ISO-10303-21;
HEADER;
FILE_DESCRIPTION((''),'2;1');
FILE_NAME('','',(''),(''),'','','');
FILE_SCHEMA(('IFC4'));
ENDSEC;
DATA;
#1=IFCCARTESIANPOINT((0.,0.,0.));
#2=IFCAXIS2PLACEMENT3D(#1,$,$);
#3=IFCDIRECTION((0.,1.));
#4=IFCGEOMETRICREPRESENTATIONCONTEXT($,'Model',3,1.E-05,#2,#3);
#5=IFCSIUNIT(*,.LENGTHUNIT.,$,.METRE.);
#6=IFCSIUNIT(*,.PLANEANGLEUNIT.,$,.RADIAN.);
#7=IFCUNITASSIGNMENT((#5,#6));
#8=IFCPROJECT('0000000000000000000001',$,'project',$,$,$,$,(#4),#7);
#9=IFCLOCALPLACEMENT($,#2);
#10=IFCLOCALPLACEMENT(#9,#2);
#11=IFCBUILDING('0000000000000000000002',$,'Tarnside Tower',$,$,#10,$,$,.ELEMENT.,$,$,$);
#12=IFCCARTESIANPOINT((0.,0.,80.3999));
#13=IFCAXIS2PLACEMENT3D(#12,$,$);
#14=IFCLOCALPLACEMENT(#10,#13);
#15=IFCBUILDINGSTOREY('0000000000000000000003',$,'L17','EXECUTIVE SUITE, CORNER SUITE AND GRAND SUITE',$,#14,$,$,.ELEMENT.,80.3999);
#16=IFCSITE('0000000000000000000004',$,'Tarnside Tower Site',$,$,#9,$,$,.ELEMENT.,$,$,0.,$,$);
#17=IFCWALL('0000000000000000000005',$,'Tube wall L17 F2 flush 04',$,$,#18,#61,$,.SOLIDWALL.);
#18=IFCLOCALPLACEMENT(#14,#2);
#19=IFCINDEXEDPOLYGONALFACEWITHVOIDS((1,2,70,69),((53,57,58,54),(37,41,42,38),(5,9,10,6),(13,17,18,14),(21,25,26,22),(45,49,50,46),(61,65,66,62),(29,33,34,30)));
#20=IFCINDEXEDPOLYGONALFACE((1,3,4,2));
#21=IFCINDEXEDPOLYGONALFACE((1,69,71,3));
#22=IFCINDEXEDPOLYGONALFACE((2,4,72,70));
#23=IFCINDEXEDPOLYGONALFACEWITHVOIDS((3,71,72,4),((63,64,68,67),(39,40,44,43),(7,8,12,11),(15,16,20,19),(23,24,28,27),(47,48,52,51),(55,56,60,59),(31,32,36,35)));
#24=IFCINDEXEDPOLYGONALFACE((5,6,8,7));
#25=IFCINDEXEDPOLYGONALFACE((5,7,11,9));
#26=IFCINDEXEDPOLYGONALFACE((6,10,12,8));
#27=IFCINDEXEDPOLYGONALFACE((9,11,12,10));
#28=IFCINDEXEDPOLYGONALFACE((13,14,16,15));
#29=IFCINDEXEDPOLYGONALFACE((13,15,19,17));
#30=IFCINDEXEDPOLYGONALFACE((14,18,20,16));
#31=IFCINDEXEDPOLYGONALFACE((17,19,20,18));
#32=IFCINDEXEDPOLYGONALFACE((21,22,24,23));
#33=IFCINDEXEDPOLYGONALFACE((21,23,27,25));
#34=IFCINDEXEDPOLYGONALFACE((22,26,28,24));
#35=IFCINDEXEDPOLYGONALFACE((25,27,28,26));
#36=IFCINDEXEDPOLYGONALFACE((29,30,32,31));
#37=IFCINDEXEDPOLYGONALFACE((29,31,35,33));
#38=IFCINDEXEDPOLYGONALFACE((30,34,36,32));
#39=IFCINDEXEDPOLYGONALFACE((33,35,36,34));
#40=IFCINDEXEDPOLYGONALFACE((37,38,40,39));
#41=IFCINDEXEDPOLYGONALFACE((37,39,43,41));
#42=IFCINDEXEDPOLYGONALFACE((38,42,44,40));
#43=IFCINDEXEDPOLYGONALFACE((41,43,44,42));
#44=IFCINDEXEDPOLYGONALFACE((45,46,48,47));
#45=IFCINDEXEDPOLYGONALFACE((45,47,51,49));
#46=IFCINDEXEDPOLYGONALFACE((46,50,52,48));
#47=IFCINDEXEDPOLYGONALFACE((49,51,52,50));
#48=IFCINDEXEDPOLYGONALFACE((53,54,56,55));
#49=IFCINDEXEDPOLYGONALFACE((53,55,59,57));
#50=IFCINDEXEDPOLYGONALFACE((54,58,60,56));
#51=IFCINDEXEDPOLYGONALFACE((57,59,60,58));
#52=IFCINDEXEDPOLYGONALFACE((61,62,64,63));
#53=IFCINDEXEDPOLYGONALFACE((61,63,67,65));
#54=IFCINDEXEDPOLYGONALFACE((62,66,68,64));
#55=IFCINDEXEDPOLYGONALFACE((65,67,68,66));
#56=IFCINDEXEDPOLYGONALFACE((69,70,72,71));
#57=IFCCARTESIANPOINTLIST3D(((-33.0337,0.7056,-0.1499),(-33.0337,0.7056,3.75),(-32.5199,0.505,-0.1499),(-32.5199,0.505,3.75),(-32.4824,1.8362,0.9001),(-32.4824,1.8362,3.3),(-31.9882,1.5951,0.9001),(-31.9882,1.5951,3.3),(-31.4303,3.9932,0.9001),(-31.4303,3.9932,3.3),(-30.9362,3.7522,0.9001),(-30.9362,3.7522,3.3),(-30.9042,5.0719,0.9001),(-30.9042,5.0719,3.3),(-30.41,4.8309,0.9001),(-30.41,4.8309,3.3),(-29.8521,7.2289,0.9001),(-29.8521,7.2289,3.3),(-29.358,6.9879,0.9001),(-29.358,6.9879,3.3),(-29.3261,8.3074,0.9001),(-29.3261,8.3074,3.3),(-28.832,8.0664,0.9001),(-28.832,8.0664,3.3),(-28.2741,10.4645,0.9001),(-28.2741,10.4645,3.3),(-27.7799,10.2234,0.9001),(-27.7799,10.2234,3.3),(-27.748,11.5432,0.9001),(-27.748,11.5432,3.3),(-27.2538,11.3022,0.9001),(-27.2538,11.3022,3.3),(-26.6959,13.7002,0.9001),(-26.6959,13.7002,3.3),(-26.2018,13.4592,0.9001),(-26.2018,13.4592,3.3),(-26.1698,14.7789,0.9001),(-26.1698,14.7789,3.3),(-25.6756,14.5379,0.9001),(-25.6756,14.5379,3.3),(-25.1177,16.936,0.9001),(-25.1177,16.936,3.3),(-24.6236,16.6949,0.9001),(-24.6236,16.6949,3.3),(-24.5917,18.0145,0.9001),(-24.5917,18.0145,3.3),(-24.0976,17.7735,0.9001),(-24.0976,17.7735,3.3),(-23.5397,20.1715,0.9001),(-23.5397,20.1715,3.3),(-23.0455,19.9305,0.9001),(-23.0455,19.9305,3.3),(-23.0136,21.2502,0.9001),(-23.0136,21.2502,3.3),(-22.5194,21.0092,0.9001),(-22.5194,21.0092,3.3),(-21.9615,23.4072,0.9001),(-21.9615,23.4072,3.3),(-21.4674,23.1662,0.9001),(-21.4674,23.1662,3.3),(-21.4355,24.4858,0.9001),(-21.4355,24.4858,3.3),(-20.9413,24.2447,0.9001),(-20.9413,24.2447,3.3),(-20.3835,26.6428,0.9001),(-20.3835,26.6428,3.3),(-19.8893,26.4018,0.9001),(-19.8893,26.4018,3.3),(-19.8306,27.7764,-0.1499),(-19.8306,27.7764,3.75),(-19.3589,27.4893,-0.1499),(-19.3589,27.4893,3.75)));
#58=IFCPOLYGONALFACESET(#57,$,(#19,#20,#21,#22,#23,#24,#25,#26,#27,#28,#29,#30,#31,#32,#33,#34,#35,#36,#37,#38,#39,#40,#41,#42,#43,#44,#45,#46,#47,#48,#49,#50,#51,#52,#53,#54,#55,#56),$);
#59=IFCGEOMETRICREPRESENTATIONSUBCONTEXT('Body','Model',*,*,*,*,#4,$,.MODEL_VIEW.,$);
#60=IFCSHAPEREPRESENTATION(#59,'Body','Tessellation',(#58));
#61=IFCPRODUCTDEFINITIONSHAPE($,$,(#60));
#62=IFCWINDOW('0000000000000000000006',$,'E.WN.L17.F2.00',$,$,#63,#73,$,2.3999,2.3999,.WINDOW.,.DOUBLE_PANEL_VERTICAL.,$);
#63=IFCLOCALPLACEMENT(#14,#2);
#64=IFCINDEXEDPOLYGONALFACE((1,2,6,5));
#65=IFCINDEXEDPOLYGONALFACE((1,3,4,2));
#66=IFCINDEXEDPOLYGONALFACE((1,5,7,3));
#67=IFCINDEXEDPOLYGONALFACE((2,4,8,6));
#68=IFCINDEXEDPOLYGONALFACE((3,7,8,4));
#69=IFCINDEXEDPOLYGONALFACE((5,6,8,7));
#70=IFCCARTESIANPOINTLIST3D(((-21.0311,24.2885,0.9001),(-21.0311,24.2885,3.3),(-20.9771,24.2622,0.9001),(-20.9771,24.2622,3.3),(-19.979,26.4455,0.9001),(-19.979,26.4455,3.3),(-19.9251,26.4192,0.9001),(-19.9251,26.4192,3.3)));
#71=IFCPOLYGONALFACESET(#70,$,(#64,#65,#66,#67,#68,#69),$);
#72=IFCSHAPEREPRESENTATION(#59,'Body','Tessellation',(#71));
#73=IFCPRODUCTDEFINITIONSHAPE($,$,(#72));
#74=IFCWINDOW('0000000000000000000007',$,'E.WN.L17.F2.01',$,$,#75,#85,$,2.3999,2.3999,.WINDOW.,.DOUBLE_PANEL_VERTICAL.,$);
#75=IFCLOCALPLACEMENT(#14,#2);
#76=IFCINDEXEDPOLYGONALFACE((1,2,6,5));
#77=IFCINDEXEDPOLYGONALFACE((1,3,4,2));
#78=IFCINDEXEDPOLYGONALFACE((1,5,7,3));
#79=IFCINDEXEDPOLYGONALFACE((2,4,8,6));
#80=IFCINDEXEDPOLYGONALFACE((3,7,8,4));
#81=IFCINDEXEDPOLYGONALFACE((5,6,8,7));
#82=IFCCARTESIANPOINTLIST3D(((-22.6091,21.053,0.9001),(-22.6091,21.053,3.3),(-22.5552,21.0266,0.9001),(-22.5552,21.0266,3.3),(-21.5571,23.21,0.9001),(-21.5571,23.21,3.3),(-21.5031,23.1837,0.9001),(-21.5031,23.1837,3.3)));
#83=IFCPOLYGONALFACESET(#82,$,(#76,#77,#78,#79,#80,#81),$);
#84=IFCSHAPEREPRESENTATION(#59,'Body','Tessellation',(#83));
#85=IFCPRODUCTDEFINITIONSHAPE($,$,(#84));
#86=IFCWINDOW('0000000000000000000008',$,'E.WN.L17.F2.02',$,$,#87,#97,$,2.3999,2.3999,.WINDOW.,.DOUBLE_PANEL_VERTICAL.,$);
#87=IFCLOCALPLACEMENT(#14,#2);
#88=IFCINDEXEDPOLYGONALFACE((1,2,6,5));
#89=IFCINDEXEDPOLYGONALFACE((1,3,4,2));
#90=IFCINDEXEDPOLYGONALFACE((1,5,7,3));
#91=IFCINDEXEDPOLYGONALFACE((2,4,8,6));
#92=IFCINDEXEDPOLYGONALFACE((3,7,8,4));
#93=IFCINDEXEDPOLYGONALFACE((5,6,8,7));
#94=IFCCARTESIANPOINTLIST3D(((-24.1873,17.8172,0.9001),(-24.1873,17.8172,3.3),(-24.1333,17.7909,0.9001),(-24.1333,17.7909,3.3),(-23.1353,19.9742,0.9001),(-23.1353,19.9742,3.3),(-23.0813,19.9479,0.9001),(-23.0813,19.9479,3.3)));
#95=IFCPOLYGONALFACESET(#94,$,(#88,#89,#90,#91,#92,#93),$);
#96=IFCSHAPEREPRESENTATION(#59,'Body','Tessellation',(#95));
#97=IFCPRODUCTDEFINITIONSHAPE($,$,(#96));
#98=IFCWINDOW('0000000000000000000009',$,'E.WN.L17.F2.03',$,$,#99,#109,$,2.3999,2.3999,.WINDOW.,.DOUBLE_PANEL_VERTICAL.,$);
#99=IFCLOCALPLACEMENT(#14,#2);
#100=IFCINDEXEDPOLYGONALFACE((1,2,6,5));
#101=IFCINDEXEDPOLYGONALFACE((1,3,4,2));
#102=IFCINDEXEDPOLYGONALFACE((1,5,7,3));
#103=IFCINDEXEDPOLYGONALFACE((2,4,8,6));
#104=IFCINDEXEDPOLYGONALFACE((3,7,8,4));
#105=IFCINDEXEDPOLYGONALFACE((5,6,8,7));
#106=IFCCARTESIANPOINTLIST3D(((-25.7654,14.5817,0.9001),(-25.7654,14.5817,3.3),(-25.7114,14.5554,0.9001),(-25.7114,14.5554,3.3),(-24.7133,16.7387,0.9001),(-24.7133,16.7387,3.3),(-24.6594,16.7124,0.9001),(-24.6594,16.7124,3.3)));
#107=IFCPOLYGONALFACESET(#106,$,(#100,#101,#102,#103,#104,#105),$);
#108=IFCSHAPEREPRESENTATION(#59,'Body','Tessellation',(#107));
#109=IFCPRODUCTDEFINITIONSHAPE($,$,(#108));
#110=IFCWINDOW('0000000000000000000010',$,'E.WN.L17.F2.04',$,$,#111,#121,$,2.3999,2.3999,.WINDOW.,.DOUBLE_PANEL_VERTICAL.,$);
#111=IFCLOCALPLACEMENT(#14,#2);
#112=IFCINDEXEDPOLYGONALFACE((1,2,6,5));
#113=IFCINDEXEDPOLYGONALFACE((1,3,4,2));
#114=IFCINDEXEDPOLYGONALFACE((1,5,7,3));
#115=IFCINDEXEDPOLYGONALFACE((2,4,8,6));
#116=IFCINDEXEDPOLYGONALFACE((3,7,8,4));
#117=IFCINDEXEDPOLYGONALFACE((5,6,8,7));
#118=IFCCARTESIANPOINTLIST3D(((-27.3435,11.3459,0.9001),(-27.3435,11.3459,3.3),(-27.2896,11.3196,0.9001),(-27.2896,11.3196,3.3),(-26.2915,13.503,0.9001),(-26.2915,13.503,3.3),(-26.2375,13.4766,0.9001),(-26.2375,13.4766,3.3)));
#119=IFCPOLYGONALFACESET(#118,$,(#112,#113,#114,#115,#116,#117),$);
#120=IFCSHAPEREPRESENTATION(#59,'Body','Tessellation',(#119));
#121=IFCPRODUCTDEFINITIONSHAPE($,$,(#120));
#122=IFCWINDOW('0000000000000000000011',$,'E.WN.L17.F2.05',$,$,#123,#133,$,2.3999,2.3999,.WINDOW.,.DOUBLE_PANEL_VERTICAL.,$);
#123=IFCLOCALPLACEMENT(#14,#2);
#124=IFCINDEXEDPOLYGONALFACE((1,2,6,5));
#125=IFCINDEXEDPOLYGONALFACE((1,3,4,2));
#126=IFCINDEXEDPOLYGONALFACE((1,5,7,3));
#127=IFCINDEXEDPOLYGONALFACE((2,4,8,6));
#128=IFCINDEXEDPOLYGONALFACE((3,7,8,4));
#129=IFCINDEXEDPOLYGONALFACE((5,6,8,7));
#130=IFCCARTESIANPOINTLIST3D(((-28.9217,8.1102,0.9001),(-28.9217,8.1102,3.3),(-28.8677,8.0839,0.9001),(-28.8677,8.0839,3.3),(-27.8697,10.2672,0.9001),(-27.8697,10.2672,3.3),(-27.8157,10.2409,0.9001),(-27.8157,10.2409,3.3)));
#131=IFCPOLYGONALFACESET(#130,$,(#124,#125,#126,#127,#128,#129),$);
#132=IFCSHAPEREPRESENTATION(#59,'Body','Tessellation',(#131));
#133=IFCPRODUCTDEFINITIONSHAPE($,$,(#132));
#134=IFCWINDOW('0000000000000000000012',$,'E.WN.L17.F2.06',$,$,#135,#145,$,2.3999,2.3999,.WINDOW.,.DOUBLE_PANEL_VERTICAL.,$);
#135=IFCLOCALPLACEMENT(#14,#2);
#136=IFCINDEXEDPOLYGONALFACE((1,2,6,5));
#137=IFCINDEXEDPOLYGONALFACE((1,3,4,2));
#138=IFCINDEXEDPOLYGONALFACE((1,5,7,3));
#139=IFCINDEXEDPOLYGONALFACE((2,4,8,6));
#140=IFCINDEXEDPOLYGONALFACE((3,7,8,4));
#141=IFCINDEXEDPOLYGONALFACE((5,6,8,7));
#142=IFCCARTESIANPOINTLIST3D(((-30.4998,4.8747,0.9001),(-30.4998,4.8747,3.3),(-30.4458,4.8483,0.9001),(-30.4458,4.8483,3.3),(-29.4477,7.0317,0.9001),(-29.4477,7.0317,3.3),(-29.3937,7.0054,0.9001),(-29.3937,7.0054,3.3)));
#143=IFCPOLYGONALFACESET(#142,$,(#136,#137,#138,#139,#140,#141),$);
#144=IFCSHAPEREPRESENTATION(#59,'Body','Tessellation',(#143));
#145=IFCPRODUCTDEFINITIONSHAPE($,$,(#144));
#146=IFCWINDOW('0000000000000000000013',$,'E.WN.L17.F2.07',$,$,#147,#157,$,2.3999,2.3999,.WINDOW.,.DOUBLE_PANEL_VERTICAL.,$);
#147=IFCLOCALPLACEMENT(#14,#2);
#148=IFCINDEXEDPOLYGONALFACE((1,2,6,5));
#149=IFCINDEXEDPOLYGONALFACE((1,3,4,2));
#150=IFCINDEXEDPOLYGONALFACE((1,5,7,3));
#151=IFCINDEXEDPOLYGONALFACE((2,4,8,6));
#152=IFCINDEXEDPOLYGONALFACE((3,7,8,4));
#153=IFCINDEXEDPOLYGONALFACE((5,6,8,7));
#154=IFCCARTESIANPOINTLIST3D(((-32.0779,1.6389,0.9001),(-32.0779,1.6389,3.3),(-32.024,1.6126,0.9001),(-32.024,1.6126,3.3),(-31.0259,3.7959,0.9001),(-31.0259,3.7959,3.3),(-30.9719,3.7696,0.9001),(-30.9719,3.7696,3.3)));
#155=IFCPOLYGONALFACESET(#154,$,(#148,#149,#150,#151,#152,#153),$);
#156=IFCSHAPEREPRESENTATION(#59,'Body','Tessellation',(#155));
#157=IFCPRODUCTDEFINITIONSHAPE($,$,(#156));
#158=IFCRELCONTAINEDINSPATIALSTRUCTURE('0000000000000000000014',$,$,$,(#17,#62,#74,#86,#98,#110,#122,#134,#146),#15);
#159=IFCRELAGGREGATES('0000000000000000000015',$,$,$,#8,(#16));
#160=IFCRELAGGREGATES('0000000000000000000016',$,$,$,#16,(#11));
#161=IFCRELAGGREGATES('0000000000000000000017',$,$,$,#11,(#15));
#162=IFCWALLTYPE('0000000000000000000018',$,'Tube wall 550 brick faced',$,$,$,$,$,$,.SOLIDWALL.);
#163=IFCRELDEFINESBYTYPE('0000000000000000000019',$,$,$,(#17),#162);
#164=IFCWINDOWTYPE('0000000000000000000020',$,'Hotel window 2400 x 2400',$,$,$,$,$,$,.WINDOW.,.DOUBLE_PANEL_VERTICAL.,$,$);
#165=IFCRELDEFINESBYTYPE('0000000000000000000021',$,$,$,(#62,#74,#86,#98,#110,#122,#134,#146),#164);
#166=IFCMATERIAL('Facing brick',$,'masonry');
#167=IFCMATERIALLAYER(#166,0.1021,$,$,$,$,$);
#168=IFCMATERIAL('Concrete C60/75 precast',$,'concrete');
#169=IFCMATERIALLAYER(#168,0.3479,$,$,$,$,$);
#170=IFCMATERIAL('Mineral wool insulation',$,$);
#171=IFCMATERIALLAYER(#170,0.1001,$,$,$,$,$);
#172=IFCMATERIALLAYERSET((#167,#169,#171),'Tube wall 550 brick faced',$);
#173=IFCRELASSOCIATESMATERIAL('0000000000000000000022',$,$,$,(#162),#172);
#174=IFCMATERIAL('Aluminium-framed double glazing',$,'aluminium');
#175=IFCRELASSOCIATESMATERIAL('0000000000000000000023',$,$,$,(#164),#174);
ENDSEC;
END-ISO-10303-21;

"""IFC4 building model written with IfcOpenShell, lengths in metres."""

from ifc_helpers import new_model, si_unit, direction, frame, frame_2d, origin, place, context, subcontext, project, spatial, polyline, rectangle, outline, extrude, material, layer, layer_set, type_object, element, fill, save


model = new_model("IFC4")

# Units and contexts
model_context = context("Model", 3, precision=1e-05, world=origin(), true_north=direction((0.0, 1.0)))
body_context = subcontext(model_context, "Body", "Model", "MODEL_VIEW")
ifc_project = project(units=[si_unit("LENGTHUNIT", "METRE"), si_unit("PLANEANGLEUNIT", "RADIAN")], contexts=[model_context])

# Site, building, storey
site_placement = place(None, origin())
site = spatial("IfcSite", under=ifc_project, at=site_placement, Name="Tarnside Tower Site", CompositionType="ELEMENT", RefElevation=0.0)
building_placement = place(site_placement, origin())
building = spatial("IfcBuilding", under=site, at=building_placement, Name="Tarnside Tower", CompositionType="ELEMENT")
storey_placement = place(building_placement, frame((0.0, 0.0, 80.3999)))
storey = spatial("IfcBuildingStorey", under=building, at=storey_placement, Name="L17", Description="EXECUTIVE SUITE, CORNER SUITE AND GRAND SUITE", CompositionType="ELEMENT", Elevation=80.3999)

# Shared definitions
ifc_material_1 = material(Name="Facing brick", Category="masonry")
ifc_layer_1 = layer(ifc_material_1, 0.1021)
ifc_material_2 = material(Name="Concrete C60/75 precast", Category="concrete")
ifc_layer_2 = layer(ifc_material_2, 0.3479)
ifc_material_3 = material(Name="Mineral wool insulation")
ifc_layer_3 = layer(ifc_material_3, 0.1001)
ifc_layer_set_1 = layer_set([ifc_layer_1, ifc_layer_2, ifc_layer_3], Name="Tube wall 550 brick faced")
wall_type_1 = type_object("IfcWallType", Name="Tube wall 550 brick faced", PredefinedType="SOLIDWALL", material=ifc_layer_set_1)

# Wall, openings, windows
wall_1_placement = place(storey_placement, frame((-19.5947, 27.6328, -0.1499), z_axis=(0.0, 0.0, 1.0), x_axis=(-0.438368, -0.898795, 0.0)))
wall_1 = element("IfcWall", 1, at=wall_1_placement, inside=storey, type_object=wall_type_1, Name="Tube wall L17 F2 flush 04", PredefinedType="SOLIDWALL", context=body_context, shape_type="SweptSolid", body=[
    extrude(outline(polyline([(-0.0256, -0.2749), (30.0933, -0.2749), (30.0483, 0.2749), (0.0256, 0.2749), (-0.0256, -0.2749)])), origin(), (0.0, 0.0, 1.0), 3.8999),
])
opening_1_placement = place(wall_1_placement, frame((1.2356, 0.0, 1.05)))
opening_1 = element("IfcOpeningElement", 2, at=opening_1_placement, cuts=wall_1, PredefinedType="OPENING", context=body_context, shape_type="SweptSolid", body=[
    extrude(rectangle(XDim=2.3999, YDim=2.3999, at=frame_2d((1.2, 1.2))), frame((0.0, 0.2852, 0.0), z_axis=(0.0, -1.0, 0.0), x_axis=(1.0, 0.0, 0.0)), (0.0, 0.0, 1.0), 0.5701),
])
opening_2_placement = place(wall_1_placement, frame((4.8354, 0.0, 1.05)))
opening_2 = element("IfcOpeningElement", 3, at=opening_2_placement, cuts=wall_1, PredefinedType="OPENING", context=body_context, shape_type="SweptSolid", body=[
    extrude(rectangle(XDim=2.3999, YDim=2.3999, at=frame_2d((1.2, 1.2))), frame((0.0, 0.2852, 0.0), z_axis=(0.0, -1.0, 0.0), x_axis=(1.0, 0.0, 0.0)), (0.0, 0.0, 1.0), 0.5701),
])
opening_3_placement = place(wall_1_placement, frame((8.4355, 0.0, 1.05)))
opening_3 = element("IfcOpeningElement", 4, at=opening_3_placement, cuts=wall_1, PredefinedType="OPENING", context=body_context, shape_type="SweptSolid", body=[
    extrude(rectangle(XDim=2.3999, YDim=2.3999, at=frame_2d((1.2, 1.2))), frame((0.0, 0.2852, 0.0), z_axis=(0.0, -1.0, 0.0), x_axis=(1.0, 0.0, 0.0)), (0.0, 0.0, 1.0), 0.5701),
])
opening_4_placement = place(wall_1_placement, frame((12.0354, 0.0, 1.05)))
opening_4 = element("IfcOpeningElement", 5, at=opening_4_placement, cuts=wall_1, PredefinedType="OPENING", context=body_context, shape_type="SweptSolid", body=[
    extrude(rectangle(XDim=2.3999, YDim=2.3999, at=frame_2d((1.2, 1.2))), frame((0.0, 0.2852, 0.0), z_axis=(0.0, -1.0, 0.0), x_axis=(1.0, 0.0, 0.0)), (0.0, 0.0, 1.0), 0.5701),
])
opening_5_placement = place(wall_1_placement, frame((15.6355, 0.0, 1.05)))
opening_5 = element("IfcOpeningElement", 6, at=opening_5_placement, cuts=wall_1, PredefinedType="OPENING", context=body_context, shape_type="SweptSolid", body=[
    extrude(rectangle(XDim=2.3999, YDim=2.3999, at=frame_2d((1.2, 1.2))), frame((0.0, 0.2852, 0.0), z_axis=(0.0, -1.0, 0.0), x_axis=(1.0, 0.0, 0.0)), (0.0, 0.0, 1.0), 0.5701),
])
opening_6_placement = place(wall_1_placement, frame((19.2356, 0.0, 1.05)))
opening_6 = element("IfcOpeningElement", 7, at=opening_6_placement, cuts=wall_1, PredefinedType="OPENING", context=body_context, shape_type="SweptSolid", body=[
    extrude(rectangle(XDim=2.3999, YDim=2.3999, at=frame_2d((1.2, 1.2))), frame((0.0, 0.2852, 0.0), z_axis=(0.0, -1.0, 0.0), x_axis=(1.0, 0.0, 0.0)), (0.0, 0.0, 1.0), 0.5701),
])
opening_7_placement = place(wall_1_placement, frame((22.8354, 0.0, 1.05)))
opening_7 = element("IfcOpeningElement", 8, at=opening_7_placement, cuts=wall_1, PredefinedType="OPENING", context=body_context, shape_type="SweptSolid", body=[
    extrude(rectangle(XDim=2.3999, YDim=2.3999, at=frame_2d((1.2, 1.2))), frame((0.0, 0.2852, 0.0), z_axis=(0.0, -1.0, 0.0), x_axis=(1.0, 0.0, 0.0)), (0.0, 0.0, 1.0), 0.5701),
])
opening_8_placement = place(wall_1_placement, frame((26.4355, 0.0, 1.05)))
opening_8 = element("IfcOpeningElement", 9, at=opening_8_placement, cuts=wall_1, PredefinedType="OPENING", context=body_context, shape_type="SweptSolid", body=[
    extrude(rectangle(XDim=2.3999, YDim=2.3999, at=frame_2d((1.2, 1.2))), frame((0.0, 0.2852, 0.0), z_axis=(0.0, -1.0, 0.0), x_axis=(1.0, 0.0, 0.0)), (0.0, 0.0, 1.0), 0.5701),
])
ifc_material_4 = material(Name="Aluminium-framed double glazing", Category="aluminium")
window_type = type_object("IfcWindowType", Name="Hotel window 2400 x 2400", PartitioningType="DOUBLE_PANEL_VERTICAL", PredefinedType="WINDOW", material=ifc_material_4)
window_1_placement = place(opening_1_placement, frame((0.0, 0.2051, 0.0)))
window_1 = element("IfcWindow", 10, at=window_1_placement, inside=storey, type_object=window_type, Name="E.WN.L17.F2.00", OverallHeight=2.3999, OverallWidth=2.3999, PartitioningType="DOUBLE_PANEL_VERTICAL", PredefinedType="WINDOW", context=body_context, shape_type="SweptSolid", body=[
    extrude(rectangle(XDim=2.3999, YDim=2.3999, at=frame_2d((1.2, 1.2))), frame((0.0, 0.03, 0.0), z_axis=(0.0, -1.0, 0.0), x_axis=(1.0, 0.0, 0.0)), (0.0, 0.0, 1.0), 0.0601),
])
fill(opening_1, window_1)
window_2_placement = place(opening_2_placement, frame((0.0, 0.2051, 0.0)))
window_2 = element("IfcWindow", 11, at=window_2_placement, inside=storey, type_object=window_type, Name="E.WN.L17.F2.01", OverallHeight=2.3999, OverallWidth=2.3999, PartitioningType="DOUBLE_PANEL_VERTICAL", PredefinedType="WINDOW", context=body_context, shape_type="SweptSolid", body=[
    extrude(rectangle(XDim=2.3999, YDim=2.3999, at=frame_2d((1.2, 1.2))), frame((0.0, 0.03, 0.0), z_axis=(0.0, -1.0, 0.0), x_axis=(1.0, 0.0, 0.0)), (0.0, 0.0, 1.0), 0.0601),
])
fill(opening_2, window_2)
window_3_placement = place(opening_3_placement, frame((0.0, 0.2051, 0.0)))
window_3 = element("IfcWindow", 12, at=window_3_placement, inside=storey, type_object=window_type, Name="E.WN.L17.F2.02", OverallHeight=2.3999, OverallWidth=2.3999, PartitioningType="DOUBLE_PANEL_VERTICAL", PredefinedType="WINDOW", context=body_context, shape_type="SweptSolid", body=[
    extrude(rectangle(XDim=2.3999, YDim=2.3999, at=frame_2d((1.2, 1.2))), frame((0.0, 0.03, 0.0), z_axis=(0.0, -1.0, 0.0), x_axis=(1.0, 0.0, 0.0)), (0.0, 0.0, 1.0), 0.0601),
])
fill(opening_3, window_3)
window_4_placement = place(opening_4_placement, frame((0.0, 0.2051, 0.0)))
window_4 = element("IfcWindow", 13, at=window_4_placement, inside=storey, type_object=window_type, Name="E.WN.L17.F2.03", OverallHeight=2.3999, OverallWidth=2.3999, PartitioningType="DOUBLE_PANEL_VERTICAL", PredefinedType="WINDOW", context=body_context, shape_type="SweptSolid", body=[
    extrude(rectangle(XDim=2.3999, YDim=2.3999, at=frame_2d((1.2, 1.2))), frame((0.0, 0.03, 0.0), z_axis=(0.0, -1.0, 0.0), x_axis=(1.0, 0.0, 0.0)), (0.0, 0.0, 1.0), 0.0601),
])
fill(opening_4, window_4)
window_5_placement = place(opening_5_placement, frame((0.0, 0.2051, 0.0)))
window_5 = element("IfcWindow", 14, at=window_5_placement, inside=storey, type_object=window_type, Name="E.WN.L17.F2.04", OverallHeight=2.3999, OverallWidth=2.3999, PartitioningType="DOUBLE_PANEL_VERTICAL", PredefinedType="WINDOW", context=body_context, shape_type="SweptSolid", body=[
    extrude(rectangle(XDim=2.3999, YDim=2.3999, at=frame_2d((1.2, 1.2))), frame((0.0, 0.03, 0.0), z_axis=(0.0, -1.0, 0.0), x_axis=(1.0, 0.0, 0.0)), (0.0, 0.0, 1.0), 0.0601),
])
fill(opening_5, window_5)
window_6_placement = place(opening_6_placement, frame((0.0, 0.2051, 0.0)))
window_6 = element("IfcWindow", 15, at=window_6_placement, inside=storey, type_object=window_type, Name="E.WN.L17.F2.05", OverallHeight=2.3999, OverallWidth=2.3999, PartitioningType="DOUBLE_PANEL_VERTICAL", PredefinedType="WINDOW", context=body_context, shape_type="SweptSolid", body=[
    extrude(rectangle(XDim=2.3999, YDim=2.3999, at=frame_2d((1.2, 1.2))), frame((0.0, 0.03, 0.0), z_axis=(0.0, -1.0, 0.0), x_axis=(1.0, 0.0, 0.0)), (0.0, 0.0, 1.0), 0.0601),
])
fill(opening_6, window_6)
window_7_placement = place(opening_7_placement, frame((0.0, 0.2051, 0.0)))
window_7 = element("IfcWindow", 16, at=window_7_placement, inside=storey, type_object=window_type, Name="E.WN.L17.F2.06", OverallHeight=2.3999, OverallWidth=2.3999, PartitioningType="DOUBLE_PANEL_VERTICAL", PredefinedType="WINDOW", context=body_context, shape_type="SweptSolid", body=[
    extrude(rectangle(XDim=2.3999, YDim=2.3999, at=frame_2d((1.2, 1.2))), frame((0.0, 0.03, 0.0), z_axis=(0.0, -1.0, 0.0), x_axis=(1.0, 0.0, 0.0)), (0.0, 0.0, 1.0), 0.0601),
])
fill(opening_7, window_7)
window_8_placement = place(opening_8_placement, frame((0.0, 0.2051, 0.0)))
window_8 = element("IfcWindow", 17, at=window_8_placement, inside=storey, type_object=window_type, Name="E.WN.L17.F2.07", OverallHeight=2.3999, OverallWidth=2.3999, PartitioningType="DOUBLE_PANEL_VERTICAL", PredefinedType="WINDOW", context=body_context, shape_type="SweptSolid", body=[
    extrude(rectangle(XDim=2.3999, YDim=2.3999, at=frame_2d((1.2, 1.2))), frame((0.0, 0.03, 0.0), z_axis=(0.0, -1.0, 0.0), x_axis=(1.0, 0.0, 0.0)), (0.0, 0.0, 1.0), 0.0601),
])
fill(opening_8, window_8)

save(model, "model.ifc")
